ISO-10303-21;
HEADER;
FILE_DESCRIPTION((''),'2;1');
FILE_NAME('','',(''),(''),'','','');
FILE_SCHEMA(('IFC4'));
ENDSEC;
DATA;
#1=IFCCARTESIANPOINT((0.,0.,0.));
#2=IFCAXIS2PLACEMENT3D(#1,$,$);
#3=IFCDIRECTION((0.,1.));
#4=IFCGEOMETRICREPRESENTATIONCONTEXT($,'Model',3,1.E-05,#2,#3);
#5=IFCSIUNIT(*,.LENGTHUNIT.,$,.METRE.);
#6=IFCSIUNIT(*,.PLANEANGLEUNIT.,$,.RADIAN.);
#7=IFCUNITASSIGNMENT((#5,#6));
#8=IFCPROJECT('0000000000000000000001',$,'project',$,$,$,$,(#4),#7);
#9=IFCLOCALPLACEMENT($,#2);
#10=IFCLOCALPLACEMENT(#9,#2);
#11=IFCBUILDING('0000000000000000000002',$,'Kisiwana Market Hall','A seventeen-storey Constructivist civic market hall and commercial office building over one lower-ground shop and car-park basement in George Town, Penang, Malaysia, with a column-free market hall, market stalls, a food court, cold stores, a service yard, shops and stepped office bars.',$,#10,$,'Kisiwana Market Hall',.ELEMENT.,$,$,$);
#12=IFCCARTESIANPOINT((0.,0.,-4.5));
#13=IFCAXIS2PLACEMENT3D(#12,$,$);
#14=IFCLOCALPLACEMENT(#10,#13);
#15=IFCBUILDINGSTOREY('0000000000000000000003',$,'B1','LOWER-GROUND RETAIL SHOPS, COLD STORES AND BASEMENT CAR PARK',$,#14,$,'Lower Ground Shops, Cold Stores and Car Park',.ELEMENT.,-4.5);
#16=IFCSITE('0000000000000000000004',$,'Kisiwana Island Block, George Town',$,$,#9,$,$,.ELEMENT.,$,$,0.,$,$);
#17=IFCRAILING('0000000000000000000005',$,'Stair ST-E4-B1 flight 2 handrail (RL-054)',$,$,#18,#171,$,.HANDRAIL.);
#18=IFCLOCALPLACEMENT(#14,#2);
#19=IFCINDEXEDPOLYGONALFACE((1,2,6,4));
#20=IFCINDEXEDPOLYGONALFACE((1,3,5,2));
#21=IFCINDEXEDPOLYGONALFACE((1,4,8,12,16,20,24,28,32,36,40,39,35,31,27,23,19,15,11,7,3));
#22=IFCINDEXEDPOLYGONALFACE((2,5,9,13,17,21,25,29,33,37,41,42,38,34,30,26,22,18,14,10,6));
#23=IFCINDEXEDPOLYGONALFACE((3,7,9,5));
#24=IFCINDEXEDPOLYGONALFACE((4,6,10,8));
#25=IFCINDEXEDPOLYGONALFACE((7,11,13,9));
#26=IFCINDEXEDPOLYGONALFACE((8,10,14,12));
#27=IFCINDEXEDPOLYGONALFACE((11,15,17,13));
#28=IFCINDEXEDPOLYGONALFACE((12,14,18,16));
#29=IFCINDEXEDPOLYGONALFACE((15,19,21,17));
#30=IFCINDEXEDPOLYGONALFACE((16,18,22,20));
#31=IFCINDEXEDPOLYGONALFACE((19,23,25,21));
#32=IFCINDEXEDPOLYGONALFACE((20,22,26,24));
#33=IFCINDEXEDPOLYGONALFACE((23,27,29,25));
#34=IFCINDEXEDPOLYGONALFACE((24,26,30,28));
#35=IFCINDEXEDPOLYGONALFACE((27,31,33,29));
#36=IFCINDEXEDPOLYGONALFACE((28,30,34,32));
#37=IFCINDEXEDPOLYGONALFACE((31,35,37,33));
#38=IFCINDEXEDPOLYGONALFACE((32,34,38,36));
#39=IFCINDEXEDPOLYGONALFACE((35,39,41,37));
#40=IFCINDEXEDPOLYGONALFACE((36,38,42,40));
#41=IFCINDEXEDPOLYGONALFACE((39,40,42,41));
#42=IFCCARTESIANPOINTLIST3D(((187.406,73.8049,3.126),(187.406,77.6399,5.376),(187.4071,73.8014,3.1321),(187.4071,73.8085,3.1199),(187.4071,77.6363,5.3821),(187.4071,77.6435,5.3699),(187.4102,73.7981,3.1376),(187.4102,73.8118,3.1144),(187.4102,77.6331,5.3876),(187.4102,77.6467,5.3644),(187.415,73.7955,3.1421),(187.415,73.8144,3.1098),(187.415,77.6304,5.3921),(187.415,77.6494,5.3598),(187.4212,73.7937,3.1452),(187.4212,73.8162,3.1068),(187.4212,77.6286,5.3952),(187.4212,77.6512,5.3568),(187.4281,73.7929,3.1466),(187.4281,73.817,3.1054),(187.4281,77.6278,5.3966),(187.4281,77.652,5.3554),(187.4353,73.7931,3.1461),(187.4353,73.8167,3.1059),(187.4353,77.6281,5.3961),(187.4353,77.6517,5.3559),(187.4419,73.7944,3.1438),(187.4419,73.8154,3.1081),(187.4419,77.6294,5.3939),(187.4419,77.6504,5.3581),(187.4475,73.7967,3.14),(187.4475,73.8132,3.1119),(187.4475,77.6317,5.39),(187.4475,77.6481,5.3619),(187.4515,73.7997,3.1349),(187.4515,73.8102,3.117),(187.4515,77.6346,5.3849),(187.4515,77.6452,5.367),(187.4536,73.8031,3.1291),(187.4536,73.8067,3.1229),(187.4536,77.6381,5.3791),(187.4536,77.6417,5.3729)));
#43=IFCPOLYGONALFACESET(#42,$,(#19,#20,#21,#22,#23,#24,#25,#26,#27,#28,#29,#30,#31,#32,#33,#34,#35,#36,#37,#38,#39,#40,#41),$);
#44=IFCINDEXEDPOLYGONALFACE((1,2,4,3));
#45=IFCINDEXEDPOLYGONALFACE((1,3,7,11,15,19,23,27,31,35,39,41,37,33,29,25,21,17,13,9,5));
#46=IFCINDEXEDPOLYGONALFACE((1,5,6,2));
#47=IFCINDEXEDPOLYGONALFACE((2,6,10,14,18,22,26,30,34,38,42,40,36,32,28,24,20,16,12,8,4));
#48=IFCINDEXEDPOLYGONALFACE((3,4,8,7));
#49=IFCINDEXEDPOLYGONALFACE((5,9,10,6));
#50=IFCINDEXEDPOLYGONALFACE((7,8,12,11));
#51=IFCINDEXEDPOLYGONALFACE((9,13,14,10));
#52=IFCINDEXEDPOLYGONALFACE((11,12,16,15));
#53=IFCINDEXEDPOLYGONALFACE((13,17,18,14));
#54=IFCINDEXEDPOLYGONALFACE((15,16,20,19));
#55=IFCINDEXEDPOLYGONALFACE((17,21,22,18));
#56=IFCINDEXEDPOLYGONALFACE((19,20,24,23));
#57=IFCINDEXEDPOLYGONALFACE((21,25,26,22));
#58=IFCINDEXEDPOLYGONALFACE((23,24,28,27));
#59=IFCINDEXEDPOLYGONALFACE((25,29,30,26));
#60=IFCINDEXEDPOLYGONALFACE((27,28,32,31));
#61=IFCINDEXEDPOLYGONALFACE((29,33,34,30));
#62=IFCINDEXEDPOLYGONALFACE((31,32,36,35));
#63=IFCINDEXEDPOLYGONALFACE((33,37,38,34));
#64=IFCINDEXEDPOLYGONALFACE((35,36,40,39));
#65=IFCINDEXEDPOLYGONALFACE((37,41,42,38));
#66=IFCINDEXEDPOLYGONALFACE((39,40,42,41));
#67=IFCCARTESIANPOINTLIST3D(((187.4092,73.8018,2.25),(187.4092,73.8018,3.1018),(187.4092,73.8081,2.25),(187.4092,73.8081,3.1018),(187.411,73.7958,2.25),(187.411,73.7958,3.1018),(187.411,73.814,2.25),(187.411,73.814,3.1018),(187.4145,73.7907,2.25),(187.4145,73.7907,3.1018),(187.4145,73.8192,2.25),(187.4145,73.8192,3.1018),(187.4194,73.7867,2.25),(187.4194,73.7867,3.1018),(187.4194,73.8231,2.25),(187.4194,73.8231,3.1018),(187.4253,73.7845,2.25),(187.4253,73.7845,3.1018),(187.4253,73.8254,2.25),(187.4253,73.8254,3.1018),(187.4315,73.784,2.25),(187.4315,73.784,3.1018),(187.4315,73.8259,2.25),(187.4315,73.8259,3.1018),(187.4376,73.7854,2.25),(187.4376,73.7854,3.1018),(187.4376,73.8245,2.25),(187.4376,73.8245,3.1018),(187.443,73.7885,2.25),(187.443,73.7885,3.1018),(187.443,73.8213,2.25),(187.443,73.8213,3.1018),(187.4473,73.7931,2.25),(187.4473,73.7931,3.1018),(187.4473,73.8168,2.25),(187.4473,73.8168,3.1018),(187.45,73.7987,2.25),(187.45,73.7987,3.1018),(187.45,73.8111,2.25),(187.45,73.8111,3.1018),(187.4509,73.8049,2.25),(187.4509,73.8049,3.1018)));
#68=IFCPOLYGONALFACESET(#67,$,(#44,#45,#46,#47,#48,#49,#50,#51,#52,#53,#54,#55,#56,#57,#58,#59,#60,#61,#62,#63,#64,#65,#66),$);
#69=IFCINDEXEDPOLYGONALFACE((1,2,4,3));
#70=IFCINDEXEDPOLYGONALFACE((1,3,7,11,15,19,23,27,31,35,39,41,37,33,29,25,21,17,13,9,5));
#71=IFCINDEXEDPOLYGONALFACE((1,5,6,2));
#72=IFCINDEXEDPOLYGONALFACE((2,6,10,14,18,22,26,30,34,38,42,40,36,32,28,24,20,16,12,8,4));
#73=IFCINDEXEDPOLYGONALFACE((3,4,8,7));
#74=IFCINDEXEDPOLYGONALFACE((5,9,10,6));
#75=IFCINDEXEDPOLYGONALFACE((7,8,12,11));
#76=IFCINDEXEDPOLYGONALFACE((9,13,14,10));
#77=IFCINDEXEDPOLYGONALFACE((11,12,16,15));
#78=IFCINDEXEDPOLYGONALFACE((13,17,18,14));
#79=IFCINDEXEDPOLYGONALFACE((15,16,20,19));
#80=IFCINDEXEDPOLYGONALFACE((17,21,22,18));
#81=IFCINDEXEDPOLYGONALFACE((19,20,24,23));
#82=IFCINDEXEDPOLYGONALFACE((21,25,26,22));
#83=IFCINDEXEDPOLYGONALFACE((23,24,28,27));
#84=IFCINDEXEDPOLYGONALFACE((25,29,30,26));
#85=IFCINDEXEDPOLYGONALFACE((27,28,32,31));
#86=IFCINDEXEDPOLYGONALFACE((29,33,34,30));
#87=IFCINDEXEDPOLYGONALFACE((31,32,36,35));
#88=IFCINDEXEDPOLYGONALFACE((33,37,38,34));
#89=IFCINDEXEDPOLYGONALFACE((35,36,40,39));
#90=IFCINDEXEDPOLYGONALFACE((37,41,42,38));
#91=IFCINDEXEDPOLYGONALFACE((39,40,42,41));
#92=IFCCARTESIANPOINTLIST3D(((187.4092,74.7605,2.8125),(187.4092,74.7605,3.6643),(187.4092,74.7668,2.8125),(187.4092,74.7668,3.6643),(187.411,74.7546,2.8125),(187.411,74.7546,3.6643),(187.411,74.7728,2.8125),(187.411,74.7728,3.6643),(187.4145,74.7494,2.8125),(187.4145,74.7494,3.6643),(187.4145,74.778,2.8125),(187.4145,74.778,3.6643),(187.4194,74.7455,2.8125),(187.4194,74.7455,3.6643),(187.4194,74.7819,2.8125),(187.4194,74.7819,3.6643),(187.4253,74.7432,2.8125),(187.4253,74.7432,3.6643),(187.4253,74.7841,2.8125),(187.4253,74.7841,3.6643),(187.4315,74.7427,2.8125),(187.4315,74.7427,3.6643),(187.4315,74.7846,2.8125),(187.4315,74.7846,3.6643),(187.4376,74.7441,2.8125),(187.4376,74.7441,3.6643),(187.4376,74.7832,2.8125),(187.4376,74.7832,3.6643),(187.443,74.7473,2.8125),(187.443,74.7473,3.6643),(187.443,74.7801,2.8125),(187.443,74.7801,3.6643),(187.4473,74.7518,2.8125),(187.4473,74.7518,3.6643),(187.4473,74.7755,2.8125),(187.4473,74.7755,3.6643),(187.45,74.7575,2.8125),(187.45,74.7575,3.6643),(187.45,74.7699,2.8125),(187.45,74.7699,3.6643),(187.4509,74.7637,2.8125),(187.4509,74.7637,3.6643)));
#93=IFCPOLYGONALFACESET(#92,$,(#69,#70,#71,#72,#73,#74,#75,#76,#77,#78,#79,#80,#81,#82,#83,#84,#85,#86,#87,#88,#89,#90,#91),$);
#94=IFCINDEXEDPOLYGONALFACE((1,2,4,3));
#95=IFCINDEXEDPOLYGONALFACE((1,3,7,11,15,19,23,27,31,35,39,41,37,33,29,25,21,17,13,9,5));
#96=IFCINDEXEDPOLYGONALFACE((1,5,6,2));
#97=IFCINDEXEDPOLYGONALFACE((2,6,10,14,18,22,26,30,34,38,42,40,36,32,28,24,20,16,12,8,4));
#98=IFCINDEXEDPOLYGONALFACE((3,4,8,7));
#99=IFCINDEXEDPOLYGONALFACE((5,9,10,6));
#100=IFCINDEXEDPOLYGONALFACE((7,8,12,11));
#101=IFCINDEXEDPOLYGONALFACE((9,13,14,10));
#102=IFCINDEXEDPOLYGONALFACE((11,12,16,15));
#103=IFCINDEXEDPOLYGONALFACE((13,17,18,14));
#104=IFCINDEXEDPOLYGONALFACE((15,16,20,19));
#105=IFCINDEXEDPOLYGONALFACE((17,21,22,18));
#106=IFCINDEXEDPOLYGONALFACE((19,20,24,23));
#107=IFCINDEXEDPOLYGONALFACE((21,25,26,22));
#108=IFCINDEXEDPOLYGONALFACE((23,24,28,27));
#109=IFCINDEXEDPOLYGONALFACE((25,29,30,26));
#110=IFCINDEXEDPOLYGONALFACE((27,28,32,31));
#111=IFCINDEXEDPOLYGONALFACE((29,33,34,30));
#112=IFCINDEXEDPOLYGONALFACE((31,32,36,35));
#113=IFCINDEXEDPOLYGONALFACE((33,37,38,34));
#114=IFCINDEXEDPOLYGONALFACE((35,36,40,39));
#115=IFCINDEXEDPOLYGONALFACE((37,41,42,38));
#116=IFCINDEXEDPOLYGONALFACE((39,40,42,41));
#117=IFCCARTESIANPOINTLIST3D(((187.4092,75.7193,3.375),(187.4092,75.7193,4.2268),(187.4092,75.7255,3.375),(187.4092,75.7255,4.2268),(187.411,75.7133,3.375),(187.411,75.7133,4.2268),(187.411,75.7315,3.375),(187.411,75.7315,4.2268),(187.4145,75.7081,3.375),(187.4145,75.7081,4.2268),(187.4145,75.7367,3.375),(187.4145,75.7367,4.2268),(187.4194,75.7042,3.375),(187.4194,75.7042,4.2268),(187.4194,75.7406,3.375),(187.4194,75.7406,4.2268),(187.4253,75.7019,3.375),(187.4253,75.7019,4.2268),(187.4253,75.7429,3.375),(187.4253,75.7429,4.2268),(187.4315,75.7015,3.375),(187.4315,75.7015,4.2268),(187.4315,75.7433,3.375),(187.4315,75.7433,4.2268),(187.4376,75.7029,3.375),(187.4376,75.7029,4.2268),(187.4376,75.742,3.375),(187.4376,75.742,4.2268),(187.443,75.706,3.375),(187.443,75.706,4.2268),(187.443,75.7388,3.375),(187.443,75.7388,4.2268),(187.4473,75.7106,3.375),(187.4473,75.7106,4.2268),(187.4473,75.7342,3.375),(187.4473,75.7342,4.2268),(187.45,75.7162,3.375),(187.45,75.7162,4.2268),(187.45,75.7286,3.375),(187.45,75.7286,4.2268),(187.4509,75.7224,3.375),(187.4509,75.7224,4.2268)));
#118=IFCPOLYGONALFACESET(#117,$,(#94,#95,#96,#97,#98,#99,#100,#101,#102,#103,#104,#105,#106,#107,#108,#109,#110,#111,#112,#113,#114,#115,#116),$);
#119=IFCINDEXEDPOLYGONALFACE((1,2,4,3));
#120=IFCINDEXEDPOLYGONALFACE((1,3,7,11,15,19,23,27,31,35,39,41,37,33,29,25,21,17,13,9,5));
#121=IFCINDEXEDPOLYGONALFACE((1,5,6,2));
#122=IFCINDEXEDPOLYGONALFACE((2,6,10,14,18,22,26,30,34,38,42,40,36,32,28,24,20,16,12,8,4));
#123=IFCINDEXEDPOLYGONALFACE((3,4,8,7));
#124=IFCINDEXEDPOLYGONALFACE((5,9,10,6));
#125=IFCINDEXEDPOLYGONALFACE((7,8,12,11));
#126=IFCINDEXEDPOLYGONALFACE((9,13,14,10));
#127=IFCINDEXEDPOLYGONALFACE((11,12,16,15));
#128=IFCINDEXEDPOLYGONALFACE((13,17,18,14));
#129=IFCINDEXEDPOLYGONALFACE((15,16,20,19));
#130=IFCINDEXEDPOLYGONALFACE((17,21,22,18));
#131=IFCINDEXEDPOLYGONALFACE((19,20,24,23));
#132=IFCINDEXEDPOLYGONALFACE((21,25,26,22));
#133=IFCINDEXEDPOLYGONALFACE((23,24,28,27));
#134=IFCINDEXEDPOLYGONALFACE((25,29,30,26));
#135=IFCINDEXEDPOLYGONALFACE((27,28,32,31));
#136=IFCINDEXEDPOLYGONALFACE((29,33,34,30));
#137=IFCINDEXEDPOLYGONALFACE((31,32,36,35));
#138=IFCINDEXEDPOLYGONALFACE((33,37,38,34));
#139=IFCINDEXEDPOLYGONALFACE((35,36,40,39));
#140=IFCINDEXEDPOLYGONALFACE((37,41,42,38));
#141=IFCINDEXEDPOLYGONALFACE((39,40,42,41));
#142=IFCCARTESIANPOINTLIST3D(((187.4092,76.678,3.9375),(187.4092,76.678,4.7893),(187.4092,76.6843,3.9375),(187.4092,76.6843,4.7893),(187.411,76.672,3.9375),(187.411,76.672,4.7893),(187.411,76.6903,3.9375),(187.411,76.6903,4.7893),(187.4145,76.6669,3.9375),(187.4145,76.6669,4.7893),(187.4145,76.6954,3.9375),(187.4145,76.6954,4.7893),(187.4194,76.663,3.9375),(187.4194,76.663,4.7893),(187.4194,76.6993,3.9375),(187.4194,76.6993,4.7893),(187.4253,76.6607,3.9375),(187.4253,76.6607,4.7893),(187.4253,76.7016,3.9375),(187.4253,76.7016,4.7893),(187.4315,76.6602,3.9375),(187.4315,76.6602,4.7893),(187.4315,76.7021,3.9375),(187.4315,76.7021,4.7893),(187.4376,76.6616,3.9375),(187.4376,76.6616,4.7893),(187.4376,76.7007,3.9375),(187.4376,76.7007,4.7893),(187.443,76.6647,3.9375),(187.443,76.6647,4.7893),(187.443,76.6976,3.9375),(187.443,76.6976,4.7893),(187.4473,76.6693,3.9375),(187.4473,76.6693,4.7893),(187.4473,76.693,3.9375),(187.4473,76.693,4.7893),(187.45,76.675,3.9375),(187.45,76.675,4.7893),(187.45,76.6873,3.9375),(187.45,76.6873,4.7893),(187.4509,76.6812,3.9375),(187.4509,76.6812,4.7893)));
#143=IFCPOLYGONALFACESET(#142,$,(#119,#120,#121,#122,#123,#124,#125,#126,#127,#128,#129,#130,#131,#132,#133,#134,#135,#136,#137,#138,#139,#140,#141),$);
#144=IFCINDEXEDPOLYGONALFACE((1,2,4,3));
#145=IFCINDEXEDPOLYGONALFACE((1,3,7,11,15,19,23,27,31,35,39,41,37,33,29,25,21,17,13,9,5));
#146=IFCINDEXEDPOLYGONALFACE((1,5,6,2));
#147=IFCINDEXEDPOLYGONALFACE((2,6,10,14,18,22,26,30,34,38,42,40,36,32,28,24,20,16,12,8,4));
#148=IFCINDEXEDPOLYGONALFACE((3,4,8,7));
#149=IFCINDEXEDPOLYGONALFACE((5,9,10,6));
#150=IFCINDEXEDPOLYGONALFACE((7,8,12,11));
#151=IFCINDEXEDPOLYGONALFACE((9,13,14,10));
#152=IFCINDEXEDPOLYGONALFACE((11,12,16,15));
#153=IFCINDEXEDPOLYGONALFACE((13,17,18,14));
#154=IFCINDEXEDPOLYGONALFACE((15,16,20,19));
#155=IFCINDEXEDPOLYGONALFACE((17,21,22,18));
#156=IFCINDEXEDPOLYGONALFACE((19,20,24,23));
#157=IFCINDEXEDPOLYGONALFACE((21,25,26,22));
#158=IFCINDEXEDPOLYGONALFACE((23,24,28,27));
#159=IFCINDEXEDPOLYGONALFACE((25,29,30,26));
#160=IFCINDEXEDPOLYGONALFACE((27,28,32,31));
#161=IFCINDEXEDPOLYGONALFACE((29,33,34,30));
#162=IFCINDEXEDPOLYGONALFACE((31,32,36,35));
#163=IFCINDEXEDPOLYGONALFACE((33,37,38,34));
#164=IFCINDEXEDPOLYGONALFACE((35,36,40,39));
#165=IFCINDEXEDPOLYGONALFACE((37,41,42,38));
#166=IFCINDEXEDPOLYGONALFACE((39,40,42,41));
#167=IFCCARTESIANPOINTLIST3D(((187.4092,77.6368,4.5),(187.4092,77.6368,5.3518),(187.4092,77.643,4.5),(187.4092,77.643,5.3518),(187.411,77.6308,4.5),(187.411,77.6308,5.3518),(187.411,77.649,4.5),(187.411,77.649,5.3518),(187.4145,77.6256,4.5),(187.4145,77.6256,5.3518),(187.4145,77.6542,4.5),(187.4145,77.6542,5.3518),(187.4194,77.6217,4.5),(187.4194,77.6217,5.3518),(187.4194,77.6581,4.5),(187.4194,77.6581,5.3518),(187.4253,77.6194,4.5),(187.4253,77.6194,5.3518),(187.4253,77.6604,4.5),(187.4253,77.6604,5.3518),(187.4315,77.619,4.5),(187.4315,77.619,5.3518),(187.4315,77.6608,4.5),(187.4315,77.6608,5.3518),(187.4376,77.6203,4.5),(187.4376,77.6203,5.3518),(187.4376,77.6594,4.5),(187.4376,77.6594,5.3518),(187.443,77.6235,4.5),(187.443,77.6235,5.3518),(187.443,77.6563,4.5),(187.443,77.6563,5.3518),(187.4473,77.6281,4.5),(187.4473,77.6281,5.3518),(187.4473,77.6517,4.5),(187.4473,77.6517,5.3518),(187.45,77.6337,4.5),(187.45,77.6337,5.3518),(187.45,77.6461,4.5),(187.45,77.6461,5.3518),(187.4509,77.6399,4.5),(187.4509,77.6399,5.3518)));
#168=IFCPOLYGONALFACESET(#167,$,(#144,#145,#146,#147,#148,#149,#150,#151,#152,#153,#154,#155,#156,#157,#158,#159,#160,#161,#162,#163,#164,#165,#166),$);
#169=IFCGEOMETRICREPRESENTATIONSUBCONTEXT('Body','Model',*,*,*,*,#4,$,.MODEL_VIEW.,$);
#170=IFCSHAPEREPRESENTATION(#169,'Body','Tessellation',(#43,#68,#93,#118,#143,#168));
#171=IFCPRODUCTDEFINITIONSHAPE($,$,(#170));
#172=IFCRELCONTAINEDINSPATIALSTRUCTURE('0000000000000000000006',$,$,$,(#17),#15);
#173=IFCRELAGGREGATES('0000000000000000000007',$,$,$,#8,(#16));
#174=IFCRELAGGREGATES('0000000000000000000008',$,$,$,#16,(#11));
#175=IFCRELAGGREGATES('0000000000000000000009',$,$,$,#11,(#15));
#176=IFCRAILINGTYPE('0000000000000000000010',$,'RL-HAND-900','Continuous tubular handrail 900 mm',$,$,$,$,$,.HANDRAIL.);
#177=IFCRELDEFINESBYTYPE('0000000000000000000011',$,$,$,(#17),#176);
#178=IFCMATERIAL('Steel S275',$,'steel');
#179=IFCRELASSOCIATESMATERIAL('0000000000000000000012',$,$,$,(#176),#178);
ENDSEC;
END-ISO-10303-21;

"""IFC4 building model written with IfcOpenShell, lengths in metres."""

from ifc_helpers import new_model, si_unit, direction, frame, origin, origin_2d, place, context, subcontext, project, spatial, circle, extrude, material, type_object, element, save


model = new_model("IFC4")

# Units and contexts
model_context = context("Model", 3, precision=1e-05, world=origin(), true_north=direction((0.0, 1.0)))
body_context = subcontext(model_context, "Body", "Model", "MODEL_VIEW")
ifc_project = project(units=[si_unit("LENGTHUNIT", "METRE"), si_unit("PLANEANGLEUNIT", "RADIAN")], contexts=[model_context])

# Site, building, storey
site_placement = place(None, origin())
site = spatial("IfcSite", under=ifc_project, at=site_placement, Name="Kisiwana Island Block, George Town", CompositionType="ELEMENT", RefElevation=0.0)
building_placement = place(site_placement, origin())
building = spatial("IfcBuilding", under=site, at=building_placement, Name="Kisiwana Market Hall", Description="A seventeen-storey Constructivist civic market hall and commercial office building over one lower-ground shop and car-park basement in George Town, Penang, Malaysia, with a column-free market hall, market stalls, a food court, cold stores, a service yard, shops and stepped office bars.", LongName="Kisiwana Market Hall", CompositionType="ELEMENT")
storey_placement = place(building_placement, frame((0.0, 0.0, -4.5)))
storey = spatial("IfcBuildingStorey", under=building, at=storey_placement, Name="B1", Description="LOWER-GROUND RETAIL SHOPS, COLD STORES AND BASEMENT CAR PARK", LongName="Lower Ground Shops, Cold Stores and Car Park", CompositionType="ELEMENT", Elevation=-4.5)

# Railing
ifc_material_1 = material(Name="Steel S275", Category="steel")
railing_type_1 = type_object("IfcRailingType", Name="RL-HAND-900", Description="Continuous tubular handrail 900 mm", PredefinedType="HANDRAIL", material=ifc_material_1)
railing_1_placement = place(storey_placement, frame((187.4299, 73.8049, 2.25)))
element("IfcRailing", 1, at=railing_1_placement, inside=storey, type_object=railing_type_1, Name="Stair ST-E4-B1 flight 2 handrail (RL-054)", PredefinedType="HANDRAIL", context=body_context, shape_type="SweptSolid", body=[
    extrude(circle(Radius=0.0239, at=origin_2d()), frame((0.0, 0.0, 0.876), z_axis=(0.0, 0.86251, 0.506041), x_axis=(-1.0, 0.0, 0.0)), (0.0, 0.0, 1.0), 4.4463),
    extrude(circle(Radius=0.021, at=origin_2d()), origin(), (0.0, 0.0, 1.0), 0.8518),
    extrude(circle(Radius=0.021, at=origin_2d()), frame((0.0, 0.9587, 0.5625)), (0.0, 0.0, 1.0), 0.8518),
    extrude(circle(Radius=0.021, at=origin_2d()), frame((0.0, 1.9175, 1.125)), (0.0, 0.0, 1.0), 0.8518),
    extrude(circle(Radius=0.021, at=origin_2d()), frame((0.0, 2.8762, 1.6875)), (0.0, 0.0, 1.0), 0.8518),
    extrude(circle(Radius=0.021, at=origin_2d()), frame((0.0, 3.835, 2.25)), (0.0, 0.0, 1.0), 0.8518),
])

save(model, "model.ifc")
